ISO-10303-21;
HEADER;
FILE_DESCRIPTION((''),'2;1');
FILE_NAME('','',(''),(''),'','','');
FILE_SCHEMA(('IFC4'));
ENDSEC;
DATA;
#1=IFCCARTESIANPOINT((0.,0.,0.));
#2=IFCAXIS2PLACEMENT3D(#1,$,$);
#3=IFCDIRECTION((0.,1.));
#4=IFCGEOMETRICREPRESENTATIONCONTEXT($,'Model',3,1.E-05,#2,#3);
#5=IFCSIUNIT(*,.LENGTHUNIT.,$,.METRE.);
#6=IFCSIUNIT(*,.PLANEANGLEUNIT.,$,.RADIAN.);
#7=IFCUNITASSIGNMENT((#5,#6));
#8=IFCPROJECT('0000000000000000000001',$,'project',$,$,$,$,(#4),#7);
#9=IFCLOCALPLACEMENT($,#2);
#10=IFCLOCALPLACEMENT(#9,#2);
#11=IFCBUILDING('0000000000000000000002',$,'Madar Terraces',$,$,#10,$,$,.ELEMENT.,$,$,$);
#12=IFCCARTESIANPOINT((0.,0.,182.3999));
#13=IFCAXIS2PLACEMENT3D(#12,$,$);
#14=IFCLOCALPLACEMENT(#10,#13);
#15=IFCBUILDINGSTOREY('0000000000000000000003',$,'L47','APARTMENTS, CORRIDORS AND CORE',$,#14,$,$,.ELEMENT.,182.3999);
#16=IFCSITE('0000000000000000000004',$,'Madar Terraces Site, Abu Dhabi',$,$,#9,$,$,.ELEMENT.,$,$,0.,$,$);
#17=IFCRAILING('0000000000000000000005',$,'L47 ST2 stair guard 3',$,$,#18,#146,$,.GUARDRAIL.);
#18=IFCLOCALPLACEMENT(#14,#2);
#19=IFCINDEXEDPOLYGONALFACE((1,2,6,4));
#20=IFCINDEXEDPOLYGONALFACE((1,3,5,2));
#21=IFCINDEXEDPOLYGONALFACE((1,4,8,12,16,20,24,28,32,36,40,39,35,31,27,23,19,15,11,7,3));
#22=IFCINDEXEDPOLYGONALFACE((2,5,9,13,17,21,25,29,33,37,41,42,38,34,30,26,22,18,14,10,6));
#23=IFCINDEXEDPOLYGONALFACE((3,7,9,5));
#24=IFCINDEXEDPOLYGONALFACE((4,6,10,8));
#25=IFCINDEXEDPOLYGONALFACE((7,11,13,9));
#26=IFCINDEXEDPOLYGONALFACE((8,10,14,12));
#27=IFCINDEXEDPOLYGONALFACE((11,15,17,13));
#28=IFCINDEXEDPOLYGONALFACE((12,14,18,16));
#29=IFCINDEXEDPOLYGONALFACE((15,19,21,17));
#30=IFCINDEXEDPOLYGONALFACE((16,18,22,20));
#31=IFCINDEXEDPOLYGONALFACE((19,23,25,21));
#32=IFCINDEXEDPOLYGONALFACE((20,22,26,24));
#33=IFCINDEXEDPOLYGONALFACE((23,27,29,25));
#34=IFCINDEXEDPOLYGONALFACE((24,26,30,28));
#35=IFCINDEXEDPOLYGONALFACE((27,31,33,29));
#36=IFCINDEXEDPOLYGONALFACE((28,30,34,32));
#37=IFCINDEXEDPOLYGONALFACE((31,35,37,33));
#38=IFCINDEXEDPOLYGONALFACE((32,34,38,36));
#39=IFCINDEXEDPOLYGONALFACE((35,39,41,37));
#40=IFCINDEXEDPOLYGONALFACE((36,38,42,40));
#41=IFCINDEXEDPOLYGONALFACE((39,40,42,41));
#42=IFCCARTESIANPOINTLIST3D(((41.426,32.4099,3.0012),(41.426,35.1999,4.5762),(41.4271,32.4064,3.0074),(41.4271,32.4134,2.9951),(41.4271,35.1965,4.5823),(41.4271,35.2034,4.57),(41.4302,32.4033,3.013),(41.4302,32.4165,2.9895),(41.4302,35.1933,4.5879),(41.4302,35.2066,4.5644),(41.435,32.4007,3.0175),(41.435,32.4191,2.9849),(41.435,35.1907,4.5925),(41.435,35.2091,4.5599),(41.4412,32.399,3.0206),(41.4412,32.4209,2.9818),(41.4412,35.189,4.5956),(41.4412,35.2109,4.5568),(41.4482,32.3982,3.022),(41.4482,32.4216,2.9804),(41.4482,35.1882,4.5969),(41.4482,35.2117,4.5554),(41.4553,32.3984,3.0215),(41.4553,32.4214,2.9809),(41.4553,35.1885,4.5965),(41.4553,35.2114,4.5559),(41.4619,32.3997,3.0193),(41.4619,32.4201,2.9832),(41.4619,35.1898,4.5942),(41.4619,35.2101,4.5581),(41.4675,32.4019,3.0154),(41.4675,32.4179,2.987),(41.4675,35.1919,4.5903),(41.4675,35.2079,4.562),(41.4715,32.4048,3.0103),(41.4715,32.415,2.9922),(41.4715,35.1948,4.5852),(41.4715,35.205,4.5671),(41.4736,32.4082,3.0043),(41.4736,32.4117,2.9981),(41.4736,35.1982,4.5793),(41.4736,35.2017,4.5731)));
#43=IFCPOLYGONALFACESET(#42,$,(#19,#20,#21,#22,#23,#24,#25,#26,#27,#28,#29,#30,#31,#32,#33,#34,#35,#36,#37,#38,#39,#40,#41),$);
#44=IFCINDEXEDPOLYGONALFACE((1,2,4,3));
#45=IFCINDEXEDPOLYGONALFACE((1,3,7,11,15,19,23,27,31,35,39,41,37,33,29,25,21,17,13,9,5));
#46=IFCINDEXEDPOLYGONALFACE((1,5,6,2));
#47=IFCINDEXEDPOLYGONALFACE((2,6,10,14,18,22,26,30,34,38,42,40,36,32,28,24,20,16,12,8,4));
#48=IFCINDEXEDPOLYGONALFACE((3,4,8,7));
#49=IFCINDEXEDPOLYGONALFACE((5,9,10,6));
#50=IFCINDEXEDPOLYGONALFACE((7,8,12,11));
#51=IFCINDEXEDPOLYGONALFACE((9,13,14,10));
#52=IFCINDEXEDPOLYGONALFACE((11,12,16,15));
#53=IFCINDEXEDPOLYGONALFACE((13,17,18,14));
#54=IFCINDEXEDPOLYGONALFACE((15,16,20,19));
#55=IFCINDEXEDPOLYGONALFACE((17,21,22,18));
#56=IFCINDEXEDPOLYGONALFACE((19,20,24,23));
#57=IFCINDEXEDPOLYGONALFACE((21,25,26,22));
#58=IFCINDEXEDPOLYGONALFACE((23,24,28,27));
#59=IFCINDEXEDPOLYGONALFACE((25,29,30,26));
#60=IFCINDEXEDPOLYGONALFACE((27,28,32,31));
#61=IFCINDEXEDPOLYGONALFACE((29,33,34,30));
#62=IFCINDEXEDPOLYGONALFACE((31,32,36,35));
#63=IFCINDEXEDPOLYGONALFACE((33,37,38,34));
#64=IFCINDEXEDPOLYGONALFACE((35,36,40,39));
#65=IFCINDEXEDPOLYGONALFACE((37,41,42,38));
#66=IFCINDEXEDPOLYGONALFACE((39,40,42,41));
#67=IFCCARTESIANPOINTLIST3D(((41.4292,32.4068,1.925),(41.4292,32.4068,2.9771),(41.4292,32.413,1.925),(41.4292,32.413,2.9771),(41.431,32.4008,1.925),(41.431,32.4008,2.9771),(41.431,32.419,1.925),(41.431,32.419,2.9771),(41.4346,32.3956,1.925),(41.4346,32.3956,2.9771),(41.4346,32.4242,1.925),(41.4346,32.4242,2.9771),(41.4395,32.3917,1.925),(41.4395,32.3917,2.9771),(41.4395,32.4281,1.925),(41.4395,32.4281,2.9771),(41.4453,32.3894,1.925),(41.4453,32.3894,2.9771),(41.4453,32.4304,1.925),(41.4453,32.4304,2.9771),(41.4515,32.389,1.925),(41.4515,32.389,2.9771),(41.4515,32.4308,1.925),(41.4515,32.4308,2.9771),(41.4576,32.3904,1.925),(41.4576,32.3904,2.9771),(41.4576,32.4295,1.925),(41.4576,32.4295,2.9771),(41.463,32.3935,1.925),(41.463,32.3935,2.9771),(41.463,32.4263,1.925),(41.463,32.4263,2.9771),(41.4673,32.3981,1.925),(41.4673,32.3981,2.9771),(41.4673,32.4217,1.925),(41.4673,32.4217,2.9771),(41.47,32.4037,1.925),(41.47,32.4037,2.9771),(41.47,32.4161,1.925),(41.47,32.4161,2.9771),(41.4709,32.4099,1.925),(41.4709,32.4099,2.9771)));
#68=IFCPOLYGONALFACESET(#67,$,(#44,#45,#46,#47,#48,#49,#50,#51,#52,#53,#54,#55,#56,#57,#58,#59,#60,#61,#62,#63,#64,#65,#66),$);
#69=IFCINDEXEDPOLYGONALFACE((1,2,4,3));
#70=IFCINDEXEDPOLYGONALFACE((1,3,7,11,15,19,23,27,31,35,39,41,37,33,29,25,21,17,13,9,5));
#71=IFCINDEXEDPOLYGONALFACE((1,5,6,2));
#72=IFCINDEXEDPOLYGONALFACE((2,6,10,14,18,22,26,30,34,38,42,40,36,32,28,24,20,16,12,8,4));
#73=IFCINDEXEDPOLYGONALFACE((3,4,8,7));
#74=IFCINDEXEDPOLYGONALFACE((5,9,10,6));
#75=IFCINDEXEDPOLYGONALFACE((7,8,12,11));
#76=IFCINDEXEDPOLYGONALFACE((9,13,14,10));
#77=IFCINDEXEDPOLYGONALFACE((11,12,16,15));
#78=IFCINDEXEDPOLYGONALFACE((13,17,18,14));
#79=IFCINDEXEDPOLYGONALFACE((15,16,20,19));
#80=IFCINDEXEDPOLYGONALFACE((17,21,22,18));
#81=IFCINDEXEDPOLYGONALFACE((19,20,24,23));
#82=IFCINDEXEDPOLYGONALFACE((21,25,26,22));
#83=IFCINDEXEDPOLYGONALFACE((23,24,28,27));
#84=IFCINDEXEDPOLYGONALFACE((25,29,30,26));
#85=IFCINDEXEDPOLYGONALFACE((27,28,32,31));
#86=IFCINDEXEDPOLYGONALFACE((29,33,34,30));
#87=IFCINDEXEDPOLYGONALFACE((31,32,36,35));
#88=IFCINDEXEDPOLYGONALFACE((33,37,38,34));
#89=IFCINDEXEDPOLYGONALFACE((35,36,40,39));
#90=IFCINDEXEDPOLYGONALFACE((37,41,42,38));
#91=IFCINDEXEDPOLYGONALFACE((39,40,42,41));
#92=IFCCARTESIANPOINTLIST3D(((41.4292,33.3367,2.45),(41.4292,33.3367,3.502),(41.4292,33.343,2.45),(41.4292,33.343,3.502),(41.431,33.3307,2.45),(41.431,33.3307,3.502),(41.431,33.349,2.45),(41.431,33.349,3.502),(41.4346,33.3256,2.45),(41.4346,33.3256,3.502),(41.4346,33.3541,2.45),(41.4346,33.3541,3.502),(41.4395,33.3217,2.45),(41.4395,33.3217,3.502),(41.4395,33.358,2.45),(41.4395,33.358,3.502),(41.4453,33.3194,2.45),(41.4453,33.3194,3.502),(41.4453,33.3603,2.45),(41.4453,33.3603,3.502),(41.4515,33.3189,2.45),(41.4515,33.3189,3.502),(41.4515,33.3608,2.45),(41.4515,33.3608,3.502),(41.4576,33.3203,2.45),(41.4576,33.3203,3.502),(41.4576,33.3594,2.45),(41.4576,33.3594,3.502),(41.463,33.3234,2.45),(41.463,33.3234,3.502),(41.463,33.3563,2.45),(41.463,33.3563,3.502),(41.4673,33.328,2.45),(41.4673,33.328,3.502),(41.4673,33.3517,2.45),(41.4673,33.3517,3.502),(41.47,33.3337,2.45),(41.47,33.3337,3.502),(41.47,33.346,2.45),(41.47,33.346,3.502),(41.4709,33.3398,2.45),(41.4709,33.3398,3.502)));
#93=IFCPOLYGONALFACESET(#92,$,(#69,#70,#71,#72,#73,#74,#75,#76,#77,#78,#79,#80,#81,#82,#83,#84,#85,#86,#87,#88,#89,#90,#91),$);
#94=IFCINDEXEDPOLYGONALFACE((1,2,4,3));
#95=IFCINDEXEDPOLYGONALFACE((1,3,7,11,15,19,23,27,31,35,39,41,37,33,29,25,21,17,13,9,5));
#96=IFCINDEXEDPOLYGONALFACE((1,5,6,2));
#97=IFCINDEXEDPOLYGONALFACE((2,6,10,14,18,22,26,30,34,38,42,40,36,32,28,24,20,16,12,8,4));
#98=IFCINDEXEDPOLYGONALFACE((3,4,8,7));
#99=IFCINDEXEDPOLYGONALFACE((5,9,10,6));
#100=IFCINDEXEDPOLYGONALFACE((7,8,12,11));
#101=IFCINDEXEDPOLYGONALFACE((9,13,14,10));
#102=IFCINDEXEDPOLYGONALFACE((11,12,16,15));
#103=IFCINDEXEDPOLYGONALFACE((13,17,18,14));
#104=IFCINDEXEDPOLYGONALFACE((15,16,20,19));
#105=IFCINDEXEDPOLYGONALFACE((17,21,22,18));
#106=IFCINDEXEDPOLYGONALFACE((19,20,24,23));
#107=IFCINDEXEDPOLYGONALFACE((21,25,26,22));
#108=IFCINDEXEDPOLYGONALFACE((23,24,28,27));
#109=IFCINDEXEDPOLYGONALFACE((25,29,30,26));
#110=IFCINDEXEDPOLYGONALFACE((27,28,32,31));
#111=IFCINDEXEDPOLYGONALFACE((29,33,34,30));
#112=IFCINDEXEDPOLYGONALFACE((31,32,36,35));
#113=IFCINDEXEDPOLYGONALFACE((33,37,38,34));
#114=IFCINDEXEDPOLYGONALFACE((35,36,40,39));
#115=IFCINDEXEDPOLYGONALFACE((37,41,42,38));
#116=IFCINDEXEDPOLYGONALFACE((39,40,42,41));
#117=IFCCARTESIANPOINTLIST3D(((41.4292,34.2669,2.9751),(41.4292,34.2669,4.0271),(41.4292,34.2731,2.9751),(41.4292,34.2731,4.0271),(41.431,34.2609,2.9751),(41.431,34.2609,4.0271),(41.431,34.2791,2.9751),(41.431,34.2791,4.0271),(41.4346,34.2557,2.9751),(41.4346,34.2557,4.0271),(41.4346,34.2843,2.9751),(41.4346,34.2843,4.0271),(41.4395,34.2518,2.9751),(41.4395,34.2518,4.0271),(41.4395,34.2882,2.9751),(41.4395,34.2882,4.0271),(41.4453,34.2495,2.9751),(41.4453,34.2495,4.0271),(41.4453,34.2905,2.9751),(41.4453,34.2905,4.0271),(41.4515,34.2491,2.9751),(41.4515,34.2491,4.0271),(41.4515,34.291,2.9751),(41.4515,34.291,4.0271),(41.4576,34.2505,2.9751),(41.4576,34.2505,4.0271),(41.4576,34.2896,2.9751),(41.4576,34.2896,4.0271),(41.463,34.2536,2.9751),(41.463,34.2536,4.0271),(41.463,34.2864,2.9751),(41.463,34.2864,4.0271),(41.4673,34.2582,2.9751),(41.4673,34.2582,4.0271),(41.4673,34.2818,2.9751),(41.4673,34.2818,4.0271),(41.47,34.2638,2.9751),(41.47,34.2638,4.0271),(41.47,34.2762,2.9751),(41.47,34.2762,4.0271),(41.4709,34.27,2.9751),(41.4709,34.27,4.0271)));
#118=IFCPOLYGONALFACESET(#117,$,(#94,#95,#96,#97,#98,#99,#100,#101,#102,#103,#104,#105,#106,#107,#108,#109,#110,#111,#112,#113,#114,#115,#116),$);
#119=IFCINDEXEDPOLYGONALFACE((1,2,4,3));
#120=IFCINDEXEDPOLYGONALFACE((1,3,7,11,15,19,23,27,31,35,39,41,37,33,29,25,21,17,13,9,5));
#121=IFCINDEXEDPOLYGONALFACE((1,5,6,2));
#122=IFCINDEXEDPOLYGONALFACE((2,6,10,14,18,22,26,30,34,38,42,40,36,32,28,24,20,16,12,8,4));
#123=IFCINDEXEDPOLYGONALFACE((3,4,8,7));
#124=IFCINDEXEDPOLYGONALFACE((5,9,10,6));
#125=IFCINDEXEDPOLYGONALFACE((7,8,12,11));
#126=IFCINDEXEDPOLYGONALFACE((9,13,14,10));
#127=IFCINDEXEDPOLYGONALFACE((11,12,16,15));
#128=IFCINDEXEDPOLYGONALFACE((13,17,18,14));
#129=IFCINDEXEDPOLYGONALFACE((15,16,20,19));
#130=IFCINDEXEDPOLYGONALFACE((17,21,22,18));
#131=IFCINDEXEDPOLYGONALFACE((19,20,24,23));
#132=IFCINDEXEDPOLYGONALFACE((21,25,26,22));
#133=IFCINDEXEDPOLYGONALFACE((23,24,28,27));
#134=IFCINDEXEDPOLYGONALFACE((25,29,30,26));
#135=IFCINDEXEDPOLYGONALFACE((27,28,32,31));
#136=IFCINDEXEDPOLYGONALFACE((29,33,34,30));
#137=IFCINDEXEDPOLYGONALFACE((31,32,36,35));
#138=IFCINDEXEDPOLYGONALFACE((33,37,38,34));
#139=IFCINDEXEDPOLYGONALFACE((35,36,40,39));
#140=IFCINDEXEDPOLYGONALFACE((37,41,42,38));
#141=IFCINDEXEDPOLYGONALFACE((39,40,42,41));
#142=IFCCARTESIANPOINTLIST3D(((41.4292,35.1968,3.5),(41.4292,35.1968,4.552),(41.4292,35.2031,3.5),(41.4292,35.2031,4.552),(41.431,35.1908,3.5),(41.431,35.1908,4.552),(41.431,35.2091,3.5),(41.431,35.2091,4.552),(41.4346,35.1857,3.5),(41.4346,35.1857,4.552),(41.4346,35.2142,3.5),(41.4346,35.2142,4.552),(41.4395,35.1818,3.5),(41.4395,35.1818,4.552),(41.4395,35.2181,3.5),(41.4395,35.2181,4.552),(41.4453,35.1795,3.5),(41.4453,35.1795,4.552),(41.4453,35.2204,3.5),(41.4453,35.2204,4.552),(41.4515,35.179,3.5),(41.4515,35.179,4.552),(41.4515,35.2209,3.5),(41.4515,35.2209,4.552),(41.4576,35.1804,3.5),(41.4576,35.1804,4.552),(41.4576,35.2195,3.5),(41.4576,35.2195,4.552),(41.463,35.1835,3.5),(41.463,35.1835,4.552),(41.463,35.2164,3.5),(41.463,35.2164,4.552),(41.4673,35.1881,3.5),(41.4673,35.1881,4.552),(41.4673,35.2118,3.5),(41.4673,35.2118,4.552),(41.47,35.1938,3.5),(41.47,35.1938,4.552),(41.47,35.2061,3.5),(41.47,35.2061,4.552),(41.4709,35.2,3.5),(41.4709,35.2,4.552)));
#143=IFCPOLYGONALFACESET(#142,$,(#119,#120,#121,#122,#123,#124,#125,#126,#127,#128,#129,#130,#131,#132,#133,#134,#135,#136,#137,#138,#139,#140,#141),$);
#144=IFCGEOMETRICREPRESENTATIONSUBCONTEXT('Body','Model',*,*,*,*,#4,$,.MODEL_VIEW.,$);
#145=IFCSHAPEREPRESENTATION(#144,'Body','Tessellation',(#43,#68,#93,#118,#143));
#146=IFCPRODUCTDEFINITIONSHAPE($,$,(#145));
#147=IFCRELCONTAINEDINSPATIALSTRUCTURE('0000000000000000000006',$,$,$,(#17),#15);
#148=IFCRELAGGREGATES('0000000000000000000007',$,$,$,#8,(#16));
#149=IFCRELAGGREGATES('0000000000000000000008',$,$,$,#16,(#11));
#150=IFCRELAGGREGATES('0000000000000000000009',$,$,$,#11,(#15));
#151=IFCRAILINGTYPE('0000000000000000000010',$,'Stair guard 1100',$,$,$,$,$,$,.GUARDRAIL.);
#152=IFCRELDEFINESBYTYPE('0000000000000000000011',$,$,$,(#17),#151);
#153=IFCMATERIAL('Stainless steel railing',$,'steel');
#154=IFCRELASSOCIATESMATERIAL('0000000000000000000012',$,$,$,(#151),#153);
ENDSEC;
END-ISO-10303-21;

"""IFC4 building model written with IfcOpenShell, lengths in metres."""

from ifc_helpers import new_model, si_unit, direction, frame, origin, origin_2d, place, context, subcontext, project, spatial, circle, extrude, material, type_object, element, save


model = new_model("IFC4")

# Units and contexts
model_context = context("Model", 3, precision=1e-05, world=origin(), true_north=direction((0.0, 1.0)))
body_context = subcontext(model_context, "Body", "Model", "MODEL_VIEW")
ifc_project = project(units=[si_unit("LENGTHUNIT", "METRE"), si_unit("PLANEANGLEUNIT", "RADIAN")], contexts=[model_context])

# Site, building, storey
site_placement = place(None, origin())
site = spatial("IfcSite", under=ifc_project, at=site_placement, Name="Madar Terraces Site, Abu Dhabi", CompositionType="ELEMENT", RefElevation=0.0)
building_placement = place(site_placement, origin())
building = spatial("IfcBuilding", under=site, at=building_placement, Name="Madar Terraces", CompositionType="ELEMENT")
storey_placement = place(building_placement, frame((0.0, 0.0, 182.3999)))
storey = spatial("IfcBuildingStorey", under=building, at=storey_placement, Name="L47", Description="APARTMENTS, CORRIDORS AND CORE", CompositionType="ELEMENT", Elevation=182.3999)

# Railing
ifc_material_1 = material(Name="Stainless steel railing", Category="steel")
railing_type_1 = type_object("IfcRailingType", Name="Stair guard 1100", PredefinedType="GUARDRAIL", material=ifc_material_1)
railing_1_placement = place(storey_placement, frame((41.45, 32.4099, 1.925)))
element("IfcRailing", 1, at=railing_1_placement, inside=storey, type_object=railing_type_1, Name="L47 ST2 stair guard 3", PredefinedType="GUARDRAIL", context=body_context, shape_type="SweptSolid", body=[
    extrude(circle(Radius=0.0239, at=origin_2d()), frame((0.0, 0.0, 1.0762), z_axis=(0.0, 0.870834, 0.491578), x_axis=(-1.0, 0.0, 0.0)), (0.0, 0.0, 1.0), 3.2039),
    extrude(circle(Radius=0.021, at=origin_2d()), origin(), (0.0, 0.0, 1.0), 1.052),
    extrude(circle(Radius=0.021, at=origin_2d()), frame((0.0, 0.9299, 0.5249)), (0.0, 0.0, 1.0), 1.052),
    extrude(circle(Radius=0.021, at=origin_2d()), frame((0.0, 1.8601, 1.05)), (0.0, 0.0, 1.0), 1.052),
    extrude(circle(Radius=0.021, at=origin_2d()), frame((0.0, 2.79, 1.575)), (0.0, 0.0, 1.0), 1.052),
])

save(model, "model.ifc")
